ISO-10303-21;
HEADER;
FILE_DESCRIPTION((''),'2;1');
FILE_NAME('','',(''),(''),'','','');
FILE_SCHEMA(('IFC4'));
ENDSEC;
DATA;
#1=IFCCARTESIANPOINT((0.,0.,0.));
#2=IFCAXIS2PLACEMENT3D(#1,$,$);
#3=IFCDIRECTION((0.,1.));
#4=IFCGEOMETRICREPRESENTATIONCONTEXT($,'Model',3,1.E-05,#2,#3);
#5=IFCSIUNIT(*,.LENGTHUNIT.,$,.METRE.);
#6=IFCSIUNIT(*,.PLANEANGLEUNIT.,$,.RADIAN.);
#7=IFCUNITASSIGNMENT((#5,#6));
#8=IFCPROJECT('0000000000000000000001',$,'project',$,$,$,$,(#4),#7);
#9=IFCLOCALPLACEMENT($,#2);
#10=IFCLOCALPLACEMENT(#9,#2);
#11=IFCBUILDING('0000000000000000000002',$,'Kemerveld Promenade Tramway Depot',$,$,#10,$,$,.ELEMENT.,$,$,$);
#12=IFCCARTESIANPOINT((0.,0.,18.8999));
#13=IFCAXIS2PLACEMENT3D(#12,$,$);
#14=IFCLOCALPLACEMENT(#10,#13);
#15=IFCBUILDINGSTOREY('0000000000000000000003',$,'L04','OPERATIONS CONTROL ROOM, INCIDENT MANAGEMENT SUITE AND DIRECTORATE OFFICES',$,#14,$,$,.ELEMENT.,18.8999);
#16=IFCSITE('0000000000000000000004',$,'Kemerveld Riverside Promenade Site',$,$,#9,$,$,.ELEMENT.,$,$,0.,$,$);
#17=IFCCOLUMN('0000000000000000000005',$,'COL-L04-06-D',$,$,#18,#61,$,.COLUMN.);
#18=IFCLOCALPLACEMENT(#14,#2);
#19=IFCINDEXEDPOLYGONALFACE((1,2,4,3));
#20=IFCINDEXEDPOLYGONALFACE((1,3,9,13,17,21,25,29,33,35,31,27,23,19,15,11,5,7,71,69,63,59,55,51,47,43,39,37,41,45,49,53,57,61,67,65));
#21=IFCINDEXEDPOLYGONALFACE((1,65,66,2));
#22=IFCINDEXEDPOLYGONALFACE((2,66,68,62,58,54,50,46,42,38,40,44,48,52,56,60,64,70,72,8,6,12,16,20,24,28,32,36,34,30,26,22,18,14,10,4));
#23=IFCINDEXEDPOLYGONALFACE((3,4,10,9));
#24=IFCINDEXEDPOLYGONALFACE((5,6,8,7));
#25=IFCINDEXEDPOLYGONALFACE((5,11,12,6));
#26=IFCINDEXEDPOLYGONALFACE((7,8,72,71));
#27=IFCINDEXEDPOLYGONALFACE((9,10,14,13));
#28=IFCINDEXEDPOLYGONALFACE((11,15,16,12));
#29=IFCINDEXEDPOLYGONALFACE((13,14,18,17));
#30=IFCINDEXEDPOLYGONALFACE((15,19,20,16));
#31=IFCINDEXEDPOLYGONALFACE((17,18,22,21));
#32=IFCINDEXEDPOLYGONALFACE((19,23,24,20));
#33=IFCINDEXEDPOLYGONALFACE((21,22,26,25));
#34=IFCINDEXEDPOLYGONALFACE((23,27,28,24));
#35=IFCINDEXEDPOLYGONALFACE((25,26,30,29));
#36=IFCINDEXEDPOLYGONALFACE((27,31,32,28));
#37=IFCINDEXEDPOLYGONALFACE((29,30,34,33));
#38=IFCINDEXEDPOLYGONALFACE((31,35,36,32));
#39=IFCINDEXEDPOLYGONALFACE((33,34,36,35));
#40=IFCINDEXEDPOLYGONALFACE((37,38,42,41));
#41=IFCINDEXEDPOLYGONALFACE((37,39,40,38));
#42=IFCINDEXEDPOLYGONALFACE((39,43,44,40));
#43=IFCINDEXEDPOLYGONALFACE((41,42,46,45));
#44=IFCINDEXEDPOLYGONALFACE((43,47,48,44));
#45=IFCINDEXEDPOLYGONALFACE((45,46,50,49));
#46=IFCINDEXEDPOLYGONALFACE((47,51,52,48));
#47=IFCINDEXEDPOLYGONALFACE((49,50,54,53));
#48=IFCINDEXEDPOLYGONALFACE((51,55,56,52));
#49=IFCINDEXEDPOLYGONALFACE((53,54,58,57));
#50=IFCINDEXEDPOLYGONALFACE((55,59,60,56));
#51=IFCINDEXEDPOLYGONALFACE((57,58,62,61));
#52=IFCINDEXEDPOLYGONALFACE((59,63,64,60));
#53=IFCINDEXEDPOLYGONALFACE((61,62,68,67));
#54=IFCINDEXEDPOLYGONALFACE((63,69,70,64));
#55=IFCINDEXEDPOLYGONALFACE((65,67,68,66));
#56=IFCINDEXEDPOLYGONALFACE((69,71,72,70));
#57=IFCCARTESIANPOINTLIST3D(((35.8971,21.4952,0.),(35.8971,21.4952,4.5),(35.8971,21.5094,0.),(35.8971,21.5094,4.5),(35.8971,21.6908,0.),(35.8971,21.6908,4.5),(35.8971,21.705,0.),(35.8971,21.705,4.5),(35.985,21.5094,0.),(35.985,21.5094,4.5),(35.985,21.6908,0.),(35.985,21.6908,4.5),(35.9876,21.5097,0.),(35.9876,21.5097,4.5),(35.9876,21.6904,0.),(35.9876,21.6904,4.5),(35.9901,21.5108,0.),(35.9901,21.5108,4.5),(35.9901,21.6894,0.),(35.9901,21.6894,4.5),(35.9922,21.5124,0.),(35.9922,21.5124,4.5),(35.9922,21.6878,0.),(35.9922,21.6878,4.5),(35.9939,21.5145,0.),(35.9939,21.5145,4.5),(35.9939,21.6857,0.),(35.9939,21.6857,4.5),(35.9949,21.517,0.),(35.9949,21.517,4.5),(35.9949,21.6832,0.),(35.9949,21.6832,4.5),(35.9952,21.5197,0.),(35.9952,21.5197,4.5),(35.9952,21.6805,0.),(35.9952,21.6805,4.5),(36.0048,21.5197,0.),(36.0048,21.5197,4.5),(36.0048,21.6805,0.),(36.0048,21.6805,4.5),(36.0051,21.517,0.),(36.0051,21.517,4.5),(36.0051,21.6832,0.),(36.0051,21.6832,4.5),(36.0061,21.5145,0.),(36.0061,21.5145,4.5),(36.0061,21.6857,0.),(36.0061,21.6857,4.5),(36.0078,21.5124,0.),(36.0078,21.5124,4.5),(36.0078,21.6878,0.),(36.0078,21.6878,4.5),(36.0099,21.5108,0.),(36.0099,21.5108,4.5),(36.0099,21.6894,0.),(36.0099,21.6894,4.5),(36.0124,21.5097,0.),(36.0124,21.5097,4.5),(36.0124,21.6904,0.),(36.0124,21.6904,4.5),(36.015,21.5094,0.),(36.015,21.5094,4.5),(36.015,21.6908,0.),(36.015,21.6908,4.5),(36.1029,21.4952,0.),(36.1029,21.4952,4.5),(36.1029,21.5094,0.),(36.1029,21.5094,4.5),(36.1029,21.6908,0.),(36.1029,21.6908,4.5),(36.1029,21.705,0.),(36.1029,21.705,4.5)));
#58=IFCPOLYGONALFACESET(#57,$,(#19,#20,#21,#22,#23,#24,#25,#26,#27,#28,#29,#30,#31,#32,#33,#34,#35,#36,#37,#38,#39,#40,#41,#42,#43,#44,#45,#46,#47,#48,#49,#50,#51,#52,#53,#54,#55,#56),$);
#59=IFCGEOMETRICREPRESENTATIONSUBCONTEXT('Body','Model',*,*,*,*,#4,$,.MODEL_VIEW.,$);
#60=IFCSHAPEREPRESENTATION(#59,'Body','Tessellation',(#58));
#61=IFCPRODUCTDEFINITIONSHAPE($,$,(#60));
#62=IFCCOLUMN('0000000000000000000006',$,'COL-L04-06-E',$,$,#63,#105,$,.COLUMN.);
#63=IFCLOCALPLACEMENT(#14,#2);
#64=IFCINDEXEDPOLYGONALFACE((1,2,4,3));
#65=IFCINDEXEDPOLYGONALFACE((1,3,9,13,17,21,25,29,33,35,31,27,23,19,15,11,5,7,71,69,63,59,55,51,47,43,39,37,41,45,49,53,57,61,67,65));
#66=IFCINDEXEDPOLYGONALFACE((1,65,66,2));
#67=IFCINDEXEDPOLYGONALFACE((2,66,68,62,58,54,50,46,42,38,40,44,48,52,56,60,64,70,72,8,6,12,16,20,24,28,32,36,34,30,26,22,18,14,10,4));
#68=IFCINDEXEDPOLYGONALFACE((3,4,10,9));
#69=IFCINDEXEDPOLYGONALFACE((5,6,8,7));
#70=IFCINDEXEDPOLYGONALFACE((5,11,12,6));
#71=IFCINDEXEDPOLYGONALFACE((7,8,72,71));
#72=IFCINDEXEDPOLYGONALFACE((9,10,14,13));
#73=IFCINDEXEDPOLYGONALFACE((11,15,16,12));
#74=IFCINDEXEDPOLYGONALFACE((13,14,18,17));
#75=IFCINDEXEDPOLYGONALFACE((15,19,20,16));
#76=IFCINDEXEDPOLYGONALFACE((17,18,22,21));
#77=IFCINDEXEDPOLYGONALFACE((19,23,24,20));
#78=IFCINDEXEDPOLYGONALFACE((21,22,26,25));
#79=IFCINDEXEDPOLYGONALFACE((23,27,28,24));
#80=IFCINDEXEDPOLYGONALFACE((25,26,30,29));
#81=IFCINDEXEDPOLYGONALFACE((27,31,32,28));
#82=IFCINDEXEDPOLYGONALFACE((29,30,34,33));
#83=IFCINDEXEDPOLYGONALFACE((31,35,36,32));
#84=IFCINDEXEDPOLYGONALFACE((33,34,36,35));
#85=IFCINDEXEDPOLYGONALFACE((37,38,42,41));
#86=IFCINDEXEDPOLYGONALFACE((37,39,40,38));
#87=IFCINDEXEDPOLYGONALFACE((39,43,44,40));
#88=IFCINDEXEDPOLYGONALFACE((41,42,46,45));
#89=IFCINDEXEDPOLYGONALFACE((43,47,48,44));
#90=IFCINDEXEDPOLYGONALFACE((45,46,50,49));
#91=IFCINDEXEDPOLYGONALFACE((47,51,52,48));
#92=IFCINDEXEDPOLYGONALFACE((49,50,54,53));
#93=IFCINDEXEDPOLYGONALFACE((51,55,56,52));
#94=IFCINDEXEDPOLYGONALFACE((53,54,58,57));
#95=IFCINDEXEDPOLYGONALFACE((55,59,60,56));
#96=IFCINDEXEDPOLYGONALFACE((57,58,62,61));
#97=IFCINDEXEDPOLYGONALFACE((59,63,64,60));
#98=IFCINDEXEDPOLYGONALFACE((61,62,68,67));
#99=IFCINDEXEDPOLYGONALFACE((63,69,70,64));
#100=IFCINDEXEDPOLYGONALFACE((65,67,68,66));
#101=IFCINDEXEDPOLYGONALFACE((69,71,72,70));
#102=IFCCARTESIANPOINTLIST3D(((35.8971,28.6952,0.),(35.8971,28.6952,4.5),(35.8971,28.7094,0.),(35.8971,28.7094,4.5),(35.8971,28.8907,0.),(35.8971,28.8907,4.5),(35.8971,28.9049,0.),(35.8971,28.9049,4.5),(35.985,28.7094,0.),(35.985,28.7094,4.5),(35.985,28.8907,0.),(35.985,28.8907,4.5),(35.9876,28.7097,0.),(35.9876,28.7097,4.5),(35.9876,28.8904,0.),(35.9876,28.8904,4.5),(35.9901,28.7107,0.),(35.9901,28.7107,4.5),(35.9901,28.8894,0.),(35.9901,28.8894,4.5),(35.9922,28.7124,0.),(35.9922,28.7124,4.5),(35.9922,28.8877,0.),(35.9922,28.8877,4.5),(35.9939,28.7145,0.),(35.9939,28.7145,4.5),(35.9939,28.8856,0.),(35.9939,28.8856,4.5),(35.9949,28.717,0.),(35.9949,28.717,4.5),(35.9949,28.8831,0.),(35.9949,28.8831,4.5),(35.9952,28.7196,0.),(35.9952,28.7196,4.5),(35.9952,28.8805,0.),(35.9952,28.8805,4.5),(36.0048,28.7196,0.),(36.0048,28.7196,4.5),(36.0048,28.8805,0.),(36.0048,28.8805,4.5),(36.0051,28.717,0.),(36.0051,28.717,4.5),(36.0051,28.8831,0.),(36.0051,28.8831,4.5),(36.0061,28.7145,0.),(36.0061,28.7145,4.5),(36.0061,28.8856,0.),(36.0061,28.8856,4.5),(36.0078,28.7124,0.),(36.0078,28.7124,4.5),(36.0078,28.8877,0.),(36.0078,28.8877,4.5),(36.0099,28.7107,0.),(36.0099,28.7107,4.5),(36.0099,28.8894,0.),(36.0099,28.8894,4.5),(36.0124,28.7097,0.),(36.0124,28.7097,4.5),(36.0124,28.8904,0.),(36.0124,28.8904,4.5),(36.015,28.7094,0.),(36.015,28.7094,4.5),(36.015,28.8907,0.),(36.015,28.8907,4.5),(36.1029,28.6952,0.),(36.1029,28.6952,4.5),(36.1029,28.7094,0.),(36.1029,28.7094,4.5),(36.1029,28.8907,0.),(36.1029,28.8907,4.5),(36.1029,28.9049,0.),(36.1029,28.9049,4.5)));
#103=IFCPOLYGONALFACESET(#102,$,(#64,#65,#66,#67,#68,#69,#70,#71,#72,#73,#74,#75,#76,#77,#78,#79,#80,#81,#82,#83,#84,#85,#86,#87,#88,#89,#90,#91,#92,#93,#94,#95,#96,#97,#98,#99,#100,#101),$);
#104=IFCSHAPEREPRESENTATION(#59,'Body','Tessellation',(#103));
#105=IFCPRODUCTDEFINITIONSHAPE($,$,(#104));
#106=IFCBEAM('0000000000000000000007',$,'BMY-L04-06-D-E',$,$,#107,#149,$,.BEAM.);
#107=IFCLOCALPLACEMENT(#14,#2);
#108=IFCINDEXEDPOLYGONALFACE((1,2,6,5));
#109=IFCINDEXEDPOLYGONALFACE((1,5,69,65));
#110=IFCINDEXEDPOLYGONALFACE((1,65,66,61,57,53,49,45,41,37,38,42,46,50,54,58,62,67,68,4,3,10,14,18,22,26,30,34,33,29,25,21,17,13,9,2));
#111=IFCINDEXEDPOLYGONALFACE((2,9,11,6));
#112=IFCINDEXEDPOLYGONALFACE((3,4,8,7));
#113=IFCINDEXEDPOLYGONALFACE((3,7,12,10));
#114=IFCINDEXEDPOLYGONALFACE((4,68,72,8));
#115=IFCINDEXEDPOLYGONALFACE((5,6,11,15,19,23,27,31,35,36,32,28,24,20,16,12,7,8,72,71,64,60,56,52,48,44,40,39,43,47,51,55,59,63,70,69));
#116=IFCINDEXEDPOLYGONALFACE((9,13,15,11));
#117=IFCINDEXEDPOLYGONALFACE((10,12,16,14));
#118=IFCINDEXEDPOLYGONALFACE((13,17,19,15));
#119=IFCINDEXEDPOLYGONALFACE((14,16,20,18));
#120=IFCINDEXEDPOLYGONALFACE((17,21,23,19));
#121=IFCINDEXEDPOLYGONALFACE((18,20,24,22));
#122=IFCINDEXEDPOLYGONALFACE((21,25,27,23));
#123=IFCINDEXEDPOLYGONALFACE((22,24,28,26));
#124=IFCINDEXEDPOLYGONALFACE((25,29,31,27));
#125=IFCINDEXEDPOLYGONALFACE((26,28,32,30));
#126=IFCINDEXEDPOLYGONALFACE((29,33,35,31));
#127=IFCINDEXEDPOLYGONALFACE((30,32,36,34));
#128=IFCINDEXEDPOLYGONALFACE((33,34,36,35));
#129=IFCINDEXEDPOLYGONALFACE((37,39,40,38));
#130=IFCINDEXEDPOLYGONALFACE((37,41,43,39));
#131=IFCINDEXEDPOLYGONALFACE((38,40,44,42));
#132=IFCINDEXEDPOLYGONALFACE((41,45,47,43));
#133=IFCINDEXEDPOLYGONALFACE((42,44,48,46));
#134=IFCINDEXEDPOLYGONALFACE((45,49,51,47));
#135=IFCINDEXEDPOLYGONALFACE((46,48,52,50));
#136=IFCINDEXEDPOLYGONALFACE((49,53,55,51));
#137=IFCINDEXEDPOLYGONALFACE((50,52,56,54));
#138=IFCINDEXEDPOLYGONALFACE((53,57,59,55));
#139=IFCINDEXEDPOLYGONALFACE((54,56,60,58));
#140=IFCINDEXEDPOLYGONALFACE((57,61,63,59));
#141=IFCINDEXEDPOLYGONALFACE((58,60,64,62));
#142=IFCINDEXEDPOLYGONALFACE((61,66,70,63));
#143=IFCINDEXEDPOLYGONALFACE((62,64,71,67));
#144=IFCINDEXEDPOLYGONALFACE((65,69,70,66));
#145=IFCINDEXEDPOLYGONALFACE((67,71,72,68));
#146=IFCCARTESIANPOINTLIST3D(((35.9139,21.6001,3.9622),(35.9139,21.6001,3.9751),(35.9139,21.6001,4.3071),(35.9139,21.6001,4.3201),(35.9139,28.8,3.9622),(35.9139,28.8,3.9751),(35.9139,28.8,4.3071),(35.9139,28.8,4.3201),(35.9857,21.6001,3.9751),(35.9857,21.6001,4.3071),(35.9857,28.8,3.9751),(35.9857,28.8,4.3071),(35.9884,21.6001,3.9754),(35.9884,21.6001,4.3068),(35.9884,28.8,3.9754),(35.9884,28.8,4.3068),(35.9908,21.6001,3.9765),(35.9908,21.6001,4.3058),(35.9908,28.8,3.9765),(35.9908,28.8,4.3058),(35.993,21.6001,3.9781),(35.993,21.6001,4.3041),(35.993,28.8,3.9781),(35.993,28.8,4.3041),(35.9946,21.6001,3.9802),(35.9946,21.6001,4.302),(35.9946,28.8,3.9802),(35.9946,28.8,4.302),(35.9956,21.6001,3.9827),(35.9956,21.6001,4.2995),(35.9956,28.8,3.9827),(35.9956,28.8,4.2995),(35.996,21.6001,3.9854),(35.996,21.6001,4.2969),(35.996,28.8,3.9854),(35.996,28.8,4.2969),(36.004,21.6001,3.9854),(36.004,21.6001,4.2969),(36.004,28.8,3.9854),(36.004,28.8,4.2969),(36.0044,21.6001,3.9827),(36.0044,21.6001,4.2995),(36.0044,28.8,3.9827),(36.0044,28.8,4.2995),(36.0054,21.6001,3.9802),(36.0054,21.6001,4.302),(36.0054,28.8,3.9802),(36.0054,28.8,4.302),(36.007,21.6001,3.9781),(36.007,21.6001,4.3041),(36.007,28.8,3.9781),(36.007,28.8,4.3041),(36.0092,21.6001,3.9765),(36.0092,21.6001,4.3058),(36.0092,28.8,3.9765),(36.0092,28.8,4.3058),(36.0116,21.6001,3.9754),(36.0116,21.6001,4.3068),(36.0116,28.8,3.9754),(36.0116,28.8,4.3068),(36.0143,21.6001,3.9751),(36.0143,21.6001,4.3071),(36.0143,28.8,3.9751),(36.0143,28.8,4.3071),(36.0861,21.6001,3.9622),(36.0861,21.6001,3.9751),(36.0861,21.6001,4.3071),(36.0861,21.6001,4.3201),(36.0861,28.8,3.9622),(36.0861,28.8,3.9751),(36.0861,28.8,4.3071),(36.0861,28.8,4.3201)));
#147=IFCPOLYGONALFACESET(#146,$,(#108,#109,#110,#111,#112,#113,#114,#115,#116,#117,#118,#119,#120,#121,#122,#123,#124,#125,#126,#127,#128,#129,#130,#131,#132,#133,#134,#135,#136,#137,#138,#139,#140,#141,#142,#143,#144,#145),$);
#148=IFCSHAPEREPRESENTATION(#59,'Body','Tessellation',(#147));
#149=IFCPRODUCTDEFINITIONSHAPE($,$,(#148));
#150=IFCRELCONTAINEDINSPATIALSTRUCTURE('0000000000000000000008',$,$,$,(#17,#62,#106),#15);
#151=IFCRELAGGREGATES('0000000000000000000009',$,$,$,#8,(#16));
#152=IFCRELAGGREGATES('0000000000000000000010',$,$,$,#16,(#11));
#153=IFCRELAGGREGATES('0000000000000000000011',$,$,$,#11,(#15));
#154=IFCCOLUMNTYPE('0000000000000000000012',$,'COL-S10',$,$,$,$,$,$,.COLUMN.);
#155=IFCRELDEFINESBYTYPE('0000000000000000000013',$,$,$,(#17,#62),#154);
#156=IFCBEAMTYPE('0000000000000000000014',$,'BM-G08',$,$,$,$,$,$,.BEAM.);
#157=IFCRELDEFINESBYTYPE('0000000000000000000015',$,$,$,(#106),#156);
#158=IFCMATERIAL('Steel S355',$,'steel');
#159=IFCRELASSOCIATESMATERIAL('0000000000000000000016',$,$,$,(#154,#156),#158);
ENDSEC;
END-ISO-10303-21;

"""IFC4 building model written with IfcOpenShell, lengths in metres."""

from ifc_helpers import new_model, si_unit, direction, frame, origin, origin_2d, place, context, subcontext, project, spatial, i_section, extrude, material, material_profile, profile_set, type_object, element, save


model = new_model("IFC4")

# Units and contexts
model_context = context("Model", 3, precision=1e-05, world=origin(), true_north=direction((0.0, 1.0)))
body_context = subcontext(model_context, "Body", "Model", "MODEL_VIEW")
ifc_project = project(units=[si_unit("LENGTHUNIT", "METRE"), si_unit("PLANEANGLEUNIT", "RADIAN")], contexts=[model_context])

# Site, building, storey
site_placement = place(None, origin())
site = spatial("IfcSite", under=ifc_project, at=site_placement, Name="Kemerveld Riverside Promenade Site", CompositionType="ELEMENT", RefElevation=0.0)
building_placement = place(site_placement, origin())
building = spatial("IfcBuilding", under=site, at=building_placement, Name="Kemerveld Promenade Tramway Depot", CompositionType="ELEMENT")
storey_placement = place(building_placement, frame((0.0, 0.0, 18.8999)))
storey = spatial("IfcBuildingStorey", under=building, at=storey_placement, Name="L04", Description="OPERATIONS CONTROL ROOM, INCIDENT MANAGEMENT SUITE AND DIRECTORATE OFFICES", CompositionType="ELEMENT", Elevation=18.8999)

# Columns
ifc_material_1 = material(Name="Steel S355", Category="steel")
ifc_material_profile_1 = material_profile(ifc_material_1, i_section(OverallWidth=0.2058, OverallDepth=0.2097, WebThickness=0.0095, FlangeThickness=0.0142, FilletRadius=0.0103, at=origin_2d()), Name="203x203x60 UC")
ifc_profile_set_1 = profile_set([ifc_material_profile_1], Name="Steel S355")
column_type = type_object("IfcColumnType", Name="COL-S10", PredefinedType="COLUMN", material=ifc_profile_set_1)
for number, where, z_axis, x_axis, name in (
    (1, (36.0, 21.6001, 0.0), (0.0, 0.0, 1.0), (1.0, 0.0, 0.0), "COL-L04-06-D"),
    (2, (36.0, 28.8, 0.0), (0.0, 0.0, 1.0), (1.0, 0.0, 0.0), "COL-L04-06-E"),
):
    element("IfcColumn", number, at=place(storey_placement, frame(where, z_axis=z_axis, x_axis=x_axis)), inside=storey, type_object=column_type, Name=name, PredefinedType="COLUMN", context=body_context, shape_type="SweptSolid", body=[
        extrude(i_section(OverallWidth=0.2058, OverallDepth=0.2097, WebThickness=0.0095, FlangeThickness=0.0142, FilletRadius=0.0103, at=origin_2d()), origin(), (0.0, 0.0, 1.0), 4.5),
    ])

# Beam
ifc_material_profile_2 = material_profile(ifc_material_1, i_section(OverallWidth=0.1721, OverallDepth=0.3579, WebThickness=0.0081, FlangeThickness=0.0129, FilletRadius=0.0103, at=origin_2d()), Name="356x171x57 UB")
ifc_profile_set_2 = profile_set([ifc_material_profile_2], Name="Steel S355")
beam_type = type_object("IfcBeamType", Name="BM-G08", PredefinedType="BEAM", material=ifc_profile_set_2)
beam_placement = place(storey_placement, frame((36.0, 21.6001, 4.1411), z_axis=(0.0, 1.0, 0.0), x_axis=(-1.0, 0.0, 0.0)))
element("IfcBeam", 3, at=beam_placement, inside=storey, type_object=beam_type, Name="BMY-L04-06-D-E", PredefinedType="BEAM", context=body_context, shape_type="SweptSolid", body=[
    extrude(i_section(OverallWidth=0.1721, OverallDepth=0.3579, WebThickness=0.0081, FlangeThickness=0.0129, FilletRadius=0.0103, at=origin_2d()), origin(), (0.0, 0.0, 1.0), 7.2),
])

save(model, "model.ifc")
